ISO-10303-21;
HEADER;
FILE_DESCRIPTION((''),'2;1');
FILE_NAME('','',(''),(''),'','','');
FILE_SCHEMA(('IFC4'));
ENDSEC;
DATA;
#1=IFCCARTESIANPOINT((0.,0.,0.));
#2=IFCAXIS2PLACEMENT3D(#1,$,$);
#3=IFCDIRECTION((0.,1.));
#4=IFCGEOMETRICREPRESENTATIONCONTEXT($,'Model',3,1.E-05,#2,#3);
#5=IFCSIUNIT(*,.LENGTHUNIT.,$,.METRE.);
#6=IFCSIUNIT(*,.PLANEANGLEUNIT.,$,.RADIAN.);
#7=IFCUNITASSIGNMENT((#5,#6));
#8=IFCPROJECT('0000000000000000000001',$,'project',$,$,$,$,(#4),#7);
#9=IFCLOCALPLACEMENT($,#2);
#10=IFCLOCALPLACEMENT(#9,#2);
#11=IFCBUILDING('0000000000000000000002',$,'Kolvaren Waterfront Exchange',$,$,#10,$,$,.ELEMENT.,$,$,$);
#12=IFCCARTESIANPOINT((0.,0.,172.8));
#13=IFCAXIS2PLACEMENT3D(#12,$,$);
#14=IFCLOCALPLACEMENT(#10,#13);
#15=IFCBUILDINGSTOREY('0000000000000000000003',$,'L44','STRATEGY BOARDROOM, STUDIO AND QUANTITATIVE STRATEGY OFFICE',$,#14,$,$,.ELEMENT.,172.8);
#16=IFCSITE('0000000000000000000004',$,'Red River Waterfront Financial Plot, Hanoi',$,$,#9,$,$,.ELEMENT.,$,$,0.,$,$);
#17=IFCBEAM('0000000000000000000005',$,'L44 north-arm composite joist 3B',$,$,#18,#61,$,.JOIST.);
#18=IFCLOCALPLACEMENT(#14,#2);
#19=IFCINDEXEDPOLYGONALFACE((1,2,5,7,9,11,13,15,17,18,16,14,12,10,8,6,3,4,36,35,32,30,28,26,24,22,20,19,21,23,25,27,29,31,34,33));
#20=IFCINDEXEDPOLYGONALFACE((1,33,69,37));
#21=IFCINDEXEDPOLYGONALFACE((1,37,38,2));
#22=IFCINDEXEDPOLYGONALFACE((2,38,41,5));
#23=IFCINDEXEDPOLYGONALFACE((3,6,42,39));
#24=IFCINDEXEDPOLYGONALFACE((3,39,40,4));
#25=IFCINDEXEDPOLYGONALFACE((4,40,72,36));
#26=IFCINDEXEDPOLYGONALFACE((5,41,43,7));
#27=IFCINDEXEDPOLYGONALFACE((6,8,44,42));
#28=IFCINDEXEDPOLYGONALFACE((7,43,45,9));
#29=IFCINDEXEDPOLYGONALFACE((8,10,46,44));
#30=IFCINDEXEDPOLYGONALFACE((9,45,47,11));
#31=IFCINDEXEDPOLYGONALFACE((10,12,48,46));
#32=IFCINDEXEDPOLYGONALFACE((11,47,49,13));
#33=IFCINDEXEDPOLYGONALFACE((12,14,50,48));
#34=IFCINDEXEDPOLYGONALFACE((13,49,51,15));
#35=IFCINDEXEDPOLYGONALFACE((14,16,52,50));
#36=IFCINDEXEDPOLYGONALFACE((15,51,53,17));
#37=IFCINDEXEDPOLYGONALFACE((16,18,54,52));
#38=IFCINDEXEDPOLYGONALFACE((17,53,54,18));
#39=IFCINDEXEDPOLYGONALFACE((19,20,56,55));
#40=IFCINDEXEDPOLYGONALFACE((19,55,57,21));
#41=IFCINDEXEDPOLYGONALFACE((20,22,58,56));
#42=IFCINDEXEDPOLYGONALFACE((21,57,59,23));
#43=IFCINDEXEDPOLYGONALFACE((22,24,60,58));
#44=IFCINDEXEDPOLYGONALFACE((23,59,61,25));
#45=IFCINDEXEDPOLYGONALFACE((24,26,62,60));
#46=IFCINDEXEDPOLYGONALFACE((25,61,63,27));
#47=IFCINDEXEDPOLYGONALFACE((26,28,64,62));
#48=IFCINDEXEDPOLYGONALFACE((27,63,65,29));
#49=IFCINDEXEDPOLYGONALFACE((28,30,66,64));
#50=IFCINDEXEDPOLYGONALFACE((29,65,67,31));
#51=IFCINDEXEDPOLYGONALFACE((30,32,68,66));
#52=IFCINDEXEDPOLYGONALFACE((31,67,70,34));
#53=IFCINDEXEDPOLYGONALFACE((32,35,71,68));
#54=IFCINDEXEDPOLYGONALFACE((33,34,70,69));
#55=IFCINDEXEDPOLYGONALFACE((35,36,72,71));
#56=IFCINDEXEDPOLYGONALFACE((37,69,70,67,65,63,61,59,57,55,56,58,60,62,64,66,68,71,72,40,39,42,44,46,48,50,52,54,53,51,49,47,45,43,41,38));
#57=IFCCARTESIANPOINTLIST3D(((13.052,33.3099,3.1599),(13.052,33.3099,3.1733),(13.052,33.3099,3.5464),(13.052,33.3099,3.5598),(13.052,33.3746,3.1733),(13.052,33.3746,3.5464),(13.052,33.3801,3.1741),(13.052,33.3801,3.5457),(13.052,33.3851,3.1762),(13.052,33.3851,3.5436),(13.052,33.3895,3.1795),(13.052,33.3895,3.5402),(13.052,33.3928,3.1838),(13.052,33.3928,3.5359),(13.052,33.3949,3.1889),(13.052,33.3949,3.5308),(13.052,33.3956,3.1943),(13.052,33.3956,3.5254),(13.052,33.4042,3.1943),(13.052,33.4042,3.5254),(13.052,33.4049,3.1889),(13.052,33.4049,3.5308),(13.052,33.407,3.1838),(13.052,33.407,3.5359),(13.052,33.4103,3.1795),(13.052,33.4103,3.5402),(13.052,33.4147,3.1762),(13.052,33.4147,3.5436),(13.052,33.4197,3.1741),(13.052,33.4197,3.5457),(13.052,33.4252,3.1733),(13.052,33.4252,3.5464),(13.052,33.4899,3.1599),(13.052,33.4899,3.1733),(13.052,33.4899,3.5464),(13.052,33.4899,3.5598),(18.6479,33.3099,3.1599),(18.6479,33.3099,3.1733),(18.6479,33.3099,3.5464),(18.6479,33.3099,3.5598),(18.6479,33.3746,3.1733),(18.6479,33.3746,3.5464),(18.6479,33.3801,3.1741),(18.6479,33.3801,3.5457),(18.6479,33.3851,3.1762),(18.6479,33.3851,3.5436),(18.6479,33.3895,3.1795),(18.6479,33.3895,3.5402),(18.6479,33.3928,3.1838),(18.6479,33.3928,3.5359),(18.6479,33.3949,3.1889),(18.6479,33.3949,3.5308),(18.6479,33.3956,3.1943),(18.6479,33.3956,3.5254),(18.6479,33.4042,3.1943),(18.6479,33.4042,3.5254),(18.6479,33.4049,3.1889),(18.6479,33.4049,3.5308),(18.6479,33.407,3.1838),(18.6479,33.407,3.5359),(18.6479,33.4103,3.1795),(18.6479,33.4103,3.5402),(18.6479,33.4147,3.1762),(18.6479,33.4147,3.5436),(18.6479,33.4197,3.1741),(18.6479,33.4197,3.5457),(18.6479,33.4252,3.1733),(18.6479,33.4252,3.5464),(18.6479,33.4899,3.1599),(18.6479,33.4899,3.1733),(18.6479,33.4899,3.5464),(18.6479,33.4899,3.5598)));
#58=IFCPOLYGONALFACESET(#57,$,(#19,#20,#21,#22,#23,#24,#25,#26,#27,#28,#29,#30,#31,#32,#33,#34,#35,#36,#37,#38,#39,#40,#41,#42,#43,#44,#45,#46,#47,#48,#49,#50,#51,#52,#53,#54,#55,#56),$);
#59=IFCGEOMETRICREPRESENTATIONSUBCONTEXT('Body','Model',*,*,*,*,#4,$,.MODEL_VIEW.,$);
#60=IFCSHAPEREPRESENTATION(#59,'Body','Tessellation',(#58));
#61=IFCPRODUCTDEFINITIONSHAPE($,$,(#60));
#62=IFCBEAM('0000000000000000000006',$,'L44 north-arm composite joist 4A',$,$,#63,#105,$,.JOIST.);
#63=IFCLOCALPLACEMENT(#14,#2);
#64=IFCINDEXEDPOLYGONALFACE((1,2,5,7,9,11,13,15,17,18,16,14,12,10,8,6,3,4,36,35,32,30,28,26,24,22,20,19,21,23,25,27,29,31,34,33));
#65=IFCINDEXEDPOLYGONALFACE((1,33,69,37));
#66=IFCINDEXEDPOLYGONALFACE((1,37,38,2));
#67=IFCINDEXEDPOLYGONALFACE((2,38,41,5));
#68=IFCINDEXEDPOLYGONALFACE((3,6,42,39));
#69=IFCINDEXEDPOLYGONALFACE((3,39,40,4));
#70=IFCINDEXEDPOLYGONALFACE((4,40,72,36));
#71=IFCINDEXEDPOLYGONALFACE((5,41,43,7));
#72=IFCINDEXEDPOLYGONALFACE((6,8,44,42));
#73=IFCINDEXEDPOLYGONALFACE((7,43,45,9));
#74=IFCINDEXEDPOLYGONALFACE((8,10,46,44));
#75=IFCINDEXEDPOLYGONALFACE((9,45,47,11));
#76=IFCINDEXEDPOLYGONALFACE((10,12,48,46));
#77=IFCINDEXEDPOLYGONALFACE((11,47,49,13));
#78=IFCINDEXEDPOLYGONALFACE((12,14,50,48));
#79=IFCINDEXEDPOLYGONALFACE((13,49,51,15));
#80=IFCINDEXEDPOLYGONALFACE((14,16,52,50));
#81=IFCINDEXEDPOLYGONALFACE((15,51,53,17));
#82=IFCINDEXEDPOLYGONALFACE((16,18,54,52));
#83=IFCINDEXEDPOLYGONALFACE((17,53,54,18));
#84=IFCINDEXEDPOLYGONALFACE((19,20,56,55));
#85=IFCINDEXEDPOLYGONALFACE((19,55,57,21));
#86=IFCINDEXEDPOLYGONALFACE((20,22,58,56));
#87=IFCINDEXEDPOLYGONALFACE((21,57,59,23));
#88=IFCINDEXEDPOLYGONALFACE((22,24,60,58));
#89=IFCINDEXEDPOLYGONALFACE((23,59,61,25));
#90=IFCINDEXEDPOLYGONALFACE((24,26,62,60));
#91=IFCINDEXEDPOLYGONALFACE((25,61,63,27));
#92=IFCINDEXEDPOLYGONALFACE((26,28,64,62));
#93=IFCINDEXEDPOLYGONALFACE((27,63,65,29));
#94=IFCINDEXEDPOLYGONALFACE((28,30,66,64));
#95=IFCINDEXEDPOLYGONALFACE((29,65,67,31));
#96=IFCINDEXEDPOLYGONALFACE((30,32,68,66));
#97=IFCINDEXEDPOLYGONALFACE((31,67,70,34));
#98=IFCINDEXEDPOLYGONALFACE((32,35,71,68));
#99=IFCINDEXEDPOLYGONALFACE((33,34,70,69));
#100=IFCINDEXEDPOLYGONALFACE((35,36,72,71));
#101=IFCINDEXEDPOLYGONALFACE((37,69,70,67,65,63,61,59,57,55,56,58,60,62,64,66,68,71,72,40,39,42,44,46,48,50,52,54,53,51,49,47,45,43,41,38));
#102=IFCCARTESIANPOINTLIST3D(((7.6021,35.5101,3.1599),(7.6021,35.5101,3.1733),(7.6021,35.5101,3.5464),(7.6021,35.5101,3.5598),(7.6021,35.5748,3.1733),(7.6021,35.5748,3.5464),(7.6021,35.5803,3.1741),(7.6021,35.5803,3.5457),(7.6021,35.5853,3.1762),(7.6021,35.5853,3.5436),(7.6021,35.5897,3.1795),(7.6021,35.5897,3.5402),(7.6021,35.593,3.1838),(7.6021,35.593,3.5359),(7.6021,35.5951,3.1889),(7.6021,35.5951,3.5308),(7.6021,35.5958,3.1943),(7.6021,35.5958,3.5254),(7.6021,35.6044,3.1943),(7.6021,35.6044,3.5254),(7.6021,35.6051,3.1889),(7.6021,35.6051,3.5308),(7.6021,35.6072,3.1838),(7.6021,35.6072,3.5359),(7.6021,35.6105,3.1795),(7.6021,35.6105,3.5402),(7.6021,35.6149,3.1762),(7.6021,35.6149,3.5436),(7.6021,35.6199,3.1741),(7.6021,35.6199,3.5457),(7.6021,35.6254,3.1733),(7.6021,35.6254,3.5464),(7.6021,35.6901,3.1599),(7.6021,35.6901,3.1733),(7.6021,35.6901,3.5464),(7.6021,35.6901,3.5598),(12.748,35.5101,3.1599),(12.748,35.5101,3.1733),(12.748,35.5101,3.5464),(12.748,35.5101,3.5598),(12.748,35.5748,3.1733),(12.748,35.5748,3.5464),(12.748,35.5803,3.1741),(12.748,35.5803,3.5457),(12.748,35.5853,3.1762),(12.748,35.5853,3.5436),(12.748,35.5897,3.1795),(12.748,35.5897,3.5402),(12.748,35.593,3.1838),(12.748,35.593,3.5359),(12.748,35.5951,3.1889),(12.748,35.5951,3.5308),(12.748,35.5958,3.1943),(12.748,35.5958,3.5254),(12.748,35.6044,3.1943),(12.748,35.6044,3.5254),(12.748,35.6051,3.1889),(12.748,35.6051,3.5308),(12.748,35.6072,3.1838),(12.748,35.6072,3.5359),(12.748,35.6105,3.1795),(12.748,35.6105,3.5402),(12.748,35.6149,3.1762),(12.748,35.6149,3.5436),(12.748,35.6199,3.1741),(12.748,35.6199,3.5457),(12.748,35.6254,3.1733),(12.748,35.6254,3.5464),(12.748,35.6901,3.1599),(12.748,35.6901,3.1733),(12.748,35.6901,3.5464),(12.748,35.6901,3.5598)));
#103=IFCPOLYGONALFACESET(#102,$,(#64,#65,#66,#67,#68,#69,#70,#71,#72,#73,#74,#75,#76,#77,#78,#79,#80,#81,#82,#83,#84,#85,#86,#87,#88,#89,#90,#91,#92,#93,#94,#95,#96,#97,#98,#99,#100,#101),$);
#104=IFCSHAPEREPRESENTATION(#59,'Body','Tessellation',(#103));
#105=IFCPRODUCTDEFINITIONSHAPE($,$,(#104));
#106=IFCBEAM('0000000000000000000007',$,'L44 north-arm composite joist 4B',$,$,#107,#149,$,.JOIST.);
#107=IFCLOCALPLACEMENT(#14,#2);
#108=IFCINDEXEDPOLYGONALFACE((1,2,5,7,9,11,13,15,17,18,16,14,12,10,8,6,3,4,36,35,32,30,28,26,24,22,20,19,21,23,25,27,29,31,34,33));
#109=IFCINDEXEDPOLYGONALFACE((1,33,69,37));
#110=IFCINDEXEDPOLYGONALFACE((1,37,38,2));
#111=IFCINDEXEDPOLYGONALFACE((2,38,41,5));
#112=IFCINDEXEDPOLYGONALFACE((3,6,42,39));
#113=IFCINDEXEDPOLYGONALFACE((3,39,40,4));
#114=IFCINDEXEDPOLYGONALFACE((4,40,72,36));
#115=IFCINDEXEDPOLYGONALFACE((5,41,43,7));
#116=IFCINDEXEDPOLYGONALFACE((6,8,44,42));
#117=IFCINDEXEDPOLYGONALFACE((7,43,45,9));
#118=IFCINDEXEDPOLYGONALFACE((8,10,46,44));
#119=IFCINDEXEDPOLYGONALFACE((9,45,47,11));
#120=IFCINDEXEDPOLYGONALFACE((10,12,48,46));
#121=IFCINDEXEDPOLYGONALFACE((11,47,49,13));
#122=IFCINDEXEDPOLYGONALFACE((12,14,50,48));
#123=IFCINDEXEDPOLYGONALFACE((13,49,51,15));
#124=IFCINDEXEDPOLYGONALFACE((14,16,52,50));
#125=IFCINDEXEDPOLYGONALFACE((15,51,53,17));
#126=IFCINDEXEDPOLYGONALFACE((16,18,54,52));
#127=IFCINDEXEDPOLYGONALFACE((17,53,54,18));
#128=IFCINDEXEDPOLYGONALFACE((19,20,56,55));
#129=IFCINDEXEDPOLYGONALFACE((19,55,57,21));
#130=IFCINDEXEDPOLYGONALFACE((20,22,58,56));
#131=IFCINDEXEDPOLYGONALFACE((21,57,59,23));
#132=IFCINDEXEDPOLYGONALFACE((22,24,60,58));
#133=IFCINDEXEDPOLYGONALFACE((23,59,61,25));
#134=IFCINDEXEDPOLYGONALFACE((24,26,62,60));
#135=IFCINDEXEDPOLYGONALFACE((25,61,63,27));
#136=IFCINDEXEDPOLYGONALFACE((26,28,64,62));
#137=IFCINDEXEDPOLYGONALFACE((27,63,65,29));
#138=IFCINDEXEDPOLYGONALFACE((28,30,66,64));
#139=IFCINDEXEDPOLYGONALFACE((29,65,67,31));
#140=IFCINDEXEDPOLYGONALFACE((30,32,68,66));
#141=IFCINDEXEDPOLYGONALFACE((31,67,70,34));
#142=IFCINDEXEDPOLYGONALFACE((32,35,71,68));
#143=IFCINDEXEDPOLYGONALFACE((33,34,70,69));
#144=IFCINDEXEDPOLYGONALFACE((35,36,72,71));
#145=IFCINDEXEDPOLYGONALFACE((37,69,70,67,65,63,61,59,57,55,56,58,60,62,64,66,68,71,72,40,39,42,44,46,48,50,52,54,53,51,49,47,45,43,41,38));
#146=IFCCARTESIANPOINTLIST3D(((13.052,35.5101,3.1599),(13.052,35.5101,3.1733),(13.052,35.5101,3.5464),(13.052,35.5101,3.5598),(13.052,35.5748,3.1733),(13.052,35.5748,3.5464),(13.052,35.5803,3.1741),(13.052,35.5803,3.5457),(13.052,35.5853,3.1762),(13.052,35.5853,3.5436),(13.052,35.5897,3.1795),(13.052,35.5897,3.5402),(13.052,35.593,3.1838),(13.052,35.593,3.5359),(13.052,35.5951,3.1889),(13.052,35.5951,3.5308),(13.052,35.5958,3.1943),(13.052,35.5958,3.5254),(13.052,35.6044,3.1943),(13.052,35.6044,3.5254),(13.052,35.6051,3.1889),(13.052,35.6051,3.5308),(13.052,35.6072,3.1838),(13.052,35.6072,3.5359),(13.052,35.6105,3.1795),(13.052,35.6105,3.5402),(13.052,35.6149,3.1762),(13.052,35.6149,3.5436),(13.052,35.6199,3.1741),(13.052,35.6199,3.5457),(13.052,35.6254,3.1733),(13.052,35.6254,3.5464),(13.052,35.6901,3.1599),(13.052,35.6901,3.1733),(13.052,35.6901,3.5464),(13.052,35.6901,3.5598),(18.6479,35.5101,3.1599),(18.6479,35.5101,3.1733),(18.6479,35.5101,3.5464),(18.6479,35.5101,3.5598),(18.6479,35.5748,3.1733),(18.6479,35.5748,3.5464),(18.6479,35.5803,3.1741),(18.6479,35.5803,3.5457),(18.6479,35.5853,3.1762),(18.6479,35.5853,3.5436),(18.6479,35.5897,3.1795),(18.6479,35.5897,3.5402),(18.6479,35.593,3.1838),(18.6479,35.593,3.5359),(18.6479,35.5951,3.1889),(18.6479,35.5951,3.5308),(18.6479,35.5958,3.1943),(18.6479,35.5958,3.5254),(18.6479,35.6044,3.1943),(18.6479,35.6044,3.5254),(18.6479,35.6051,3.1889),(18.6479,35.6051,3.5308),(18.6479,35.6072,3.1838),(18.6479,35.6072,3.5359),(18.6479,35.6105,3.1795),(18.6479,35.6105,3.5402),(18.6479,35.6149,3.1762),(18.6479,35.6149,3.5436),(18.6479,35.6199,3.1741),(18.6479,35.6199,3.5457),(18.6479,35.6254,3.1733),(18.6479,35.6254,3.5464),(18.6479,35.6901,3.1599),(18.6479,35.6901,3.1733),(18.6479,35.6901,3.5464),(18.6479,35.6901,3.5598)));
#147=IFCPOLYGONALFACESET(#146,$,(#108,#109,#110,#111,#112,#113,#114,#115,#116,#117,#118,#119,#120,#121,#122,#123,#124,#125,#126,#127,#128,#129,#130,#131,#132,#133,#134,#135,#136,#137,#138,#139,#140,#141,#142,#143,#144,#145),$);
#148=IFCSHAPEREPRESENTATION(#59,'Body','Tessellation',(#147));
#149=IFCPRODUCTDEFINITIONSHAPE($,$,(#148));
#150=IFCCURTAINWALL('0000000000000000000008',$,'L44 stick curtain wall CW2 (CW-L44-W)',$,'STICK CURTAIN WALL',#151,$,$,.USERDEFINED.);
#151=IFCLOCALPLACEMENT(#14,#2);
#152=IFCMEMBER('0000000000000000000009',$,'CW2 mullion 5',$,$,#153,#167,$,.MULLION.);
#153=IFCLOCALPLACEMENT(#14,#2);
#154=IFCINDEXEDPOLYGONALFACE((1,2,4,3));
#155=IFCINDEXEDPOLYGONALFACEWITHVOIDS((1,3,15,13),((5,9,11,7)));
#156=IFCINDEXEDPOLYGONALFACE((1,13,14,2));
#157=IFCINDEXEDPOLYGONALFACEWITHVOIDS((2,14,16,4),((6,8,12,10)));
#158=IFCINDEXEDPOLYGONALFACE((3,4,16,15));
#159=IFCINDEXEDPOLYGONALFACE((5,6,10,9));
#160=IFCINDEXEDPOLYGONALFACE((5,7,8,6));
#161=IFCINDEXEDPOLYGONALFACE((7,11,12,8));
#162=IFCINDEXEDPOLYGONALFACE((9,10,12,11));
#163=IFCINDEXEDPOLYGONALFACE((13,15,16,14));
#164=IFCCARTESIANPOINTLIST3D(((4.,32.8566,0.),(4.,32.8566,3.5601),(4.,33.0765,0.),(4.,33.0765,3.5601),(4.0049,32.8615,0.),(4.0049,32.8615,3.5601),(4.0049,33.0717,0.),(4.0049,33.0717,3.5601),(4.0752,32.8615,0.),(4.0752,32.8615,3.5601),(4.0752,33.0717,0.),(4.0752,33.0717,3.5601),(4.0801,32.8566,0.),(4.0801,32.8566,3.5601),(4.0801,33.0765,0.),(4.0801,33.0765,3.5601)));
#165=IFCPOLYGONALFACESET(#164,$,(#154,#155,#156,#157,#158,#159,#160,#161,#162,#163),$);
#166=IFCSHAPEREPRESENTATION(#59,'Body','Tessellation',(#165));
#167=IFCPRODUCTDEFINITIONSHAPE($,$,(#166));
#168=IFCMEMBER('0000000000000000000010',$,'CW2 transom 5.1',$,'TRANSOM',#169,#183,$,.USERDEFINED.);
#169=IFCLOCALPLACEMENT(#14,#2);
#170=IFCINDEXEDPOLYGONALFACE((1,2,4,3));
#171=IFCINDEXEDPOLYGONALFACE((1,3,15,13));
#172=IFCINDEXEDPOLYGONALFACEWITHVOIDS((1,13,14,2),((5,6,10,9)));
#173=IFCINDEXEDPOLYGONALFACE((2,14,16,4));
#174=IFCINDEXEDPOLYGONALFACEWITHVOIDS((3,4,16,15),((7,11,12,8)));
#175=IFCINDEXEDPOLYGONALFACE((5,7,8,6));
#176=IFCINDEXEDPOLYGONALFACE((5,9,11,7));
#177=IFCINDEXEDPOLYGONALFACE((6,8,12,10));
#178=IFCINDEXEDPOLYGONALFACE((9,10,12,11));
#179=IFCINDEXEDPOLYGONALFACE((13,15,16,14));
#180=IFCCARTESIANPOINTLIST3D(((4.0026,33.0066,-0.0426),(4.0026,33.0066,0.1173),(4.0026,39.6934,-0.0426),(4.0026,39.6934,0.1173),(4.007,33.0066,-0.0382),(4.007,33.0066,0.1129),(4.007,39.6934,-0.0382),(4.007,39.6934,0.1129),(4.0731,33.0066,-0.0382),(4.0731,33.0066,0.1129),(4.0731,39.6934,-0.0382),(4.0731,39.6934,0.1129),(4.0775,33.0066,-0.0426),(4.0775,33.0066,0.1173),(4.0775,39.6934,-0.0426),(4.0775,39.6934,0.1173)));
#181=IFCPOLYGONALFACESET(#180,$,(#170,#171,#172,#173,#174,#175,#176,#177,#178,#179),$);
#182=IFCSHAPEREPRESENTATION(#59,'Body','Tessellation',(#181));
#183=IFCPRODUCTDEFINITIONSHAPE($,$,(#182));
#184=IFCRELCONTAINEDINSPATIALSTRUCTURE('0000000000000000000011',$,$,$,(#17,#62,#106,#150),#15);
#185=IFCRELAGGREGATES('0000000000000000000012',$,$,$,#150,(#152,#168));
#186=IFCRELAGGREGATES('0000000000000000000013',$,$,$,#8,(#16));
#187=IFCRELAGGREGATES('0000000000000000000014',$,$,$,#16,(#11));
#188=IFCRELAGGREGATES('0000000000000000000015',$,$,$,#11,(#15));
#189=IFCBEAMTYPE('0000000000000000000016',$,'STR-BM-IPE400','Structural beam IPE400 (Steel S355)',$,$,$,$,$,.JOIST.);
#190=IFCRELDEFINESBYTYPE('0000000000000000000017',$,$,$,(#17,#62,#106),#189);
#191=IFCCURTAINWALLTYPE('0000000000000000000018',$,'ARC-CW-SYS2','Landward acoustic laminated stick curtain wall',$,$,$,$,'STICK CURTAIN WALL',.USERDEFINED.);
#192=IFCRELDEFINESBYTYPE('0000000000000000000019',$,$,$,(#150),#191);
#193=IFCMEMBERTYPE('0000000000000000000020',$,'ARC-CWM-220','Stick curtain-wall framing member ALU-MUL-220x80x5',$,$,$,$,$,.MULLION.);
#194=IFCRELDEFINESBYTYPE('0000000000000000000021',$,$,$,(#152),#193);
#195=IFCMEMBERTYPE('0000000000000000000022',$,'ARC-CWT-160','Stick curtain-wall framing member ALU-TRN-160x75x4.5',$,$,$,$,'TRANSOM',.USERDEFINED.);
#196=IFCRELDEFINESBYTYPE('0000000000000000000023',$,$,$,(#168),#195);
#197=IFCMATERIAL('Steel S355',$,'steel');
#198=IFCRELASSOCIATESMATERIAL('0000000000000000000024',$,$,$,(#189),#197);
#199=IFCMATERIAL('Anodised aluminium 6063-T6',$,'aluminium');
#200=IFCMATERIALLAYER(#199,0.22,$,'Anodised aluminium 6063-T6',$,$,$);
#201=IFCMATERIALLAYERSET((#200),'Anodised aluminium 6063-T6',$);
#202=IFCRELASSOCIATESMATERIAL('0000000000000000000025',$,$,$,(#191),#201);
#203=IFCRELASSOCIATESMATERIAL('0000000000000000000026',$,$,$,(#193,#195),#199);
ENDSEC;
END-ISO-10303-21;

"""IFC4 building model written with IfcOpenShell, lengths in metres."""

from ifc_helpers import new_model, si_unit, direction, frame, origin, origin_with_axes, origin_2d, place, context, subcontext, project, spatial, hollow_rectangle, i_section, extrude, source, transform, mapped, material, layer, layer_set, material_profile, profile_set, type_object, element, aggregate, save


model = new_model("IFC4")

# Units and contexts
model_context = context("Model", 3, precision=1e-05, world=origin(), true_north=direction((0.0, 1.0)))
body_context = subcontext(model_context, "Body", "Model", "MODEL_VIEW")
ifc_project = project(units=[si_unit("LENGTHUNIT", "METRE"), si_unit("PLANEANGLEUNIT", "RADIAN")], contexts=[model_context])

# Site, building, storey
site_placement = place(None, origin())
site = spatial("IfcSite", under=ifc_project, at=site_placement, Name="Red River Waterfront Financial Plot, Hanoi", CompositionType="ELEMENT", RefElevation=0.0)
building_placement = place(site_placement, origin())
building = spatial("IfcBuilding", under=site, at=building_placement, Name="Kolvaren Waterfront Exchange", CompositionType="ELEMENT")
storey_placement = place(building_placement, frame((0.0, 0.0, 172.8)))
storey = spatial("IfcBuildingStorey", under=building, at=storey_placement, Name="L44", Description="STRATEGY BOARDROOM, STUDIO AND QUANTITATIVE STRATEGY OFFICE", CompositionType="ELEMENT", Elevation=172.8)

# Beams
ifc_material_1 = material(Name="Steel S355", Category="steel")
ifc_material_profile_1 = material_profile(ifc_material_1, i_section(OverallWidth=0.1799, OverallDepth=0.3999, WebThickness=0.0085, FlangeThickness=0.0134, FilletRadius=0.021, at=origin_2d()), Name="IPE400")
ifc_profile_set_1 = profile_set([ifc_material_profile_1], Name="Steel S355")
beam_type_1 = type_object("IfcBeamType", Name="STR-BM-IPE400", Description="Structural beam IPE400 (Steel S355)", PredefinedType="JOIST", material=ifc_profile_set_1)
beam_1_placement = place(storey_placement, frame((13.052, 33.3999, 3.3599), z_axis=(1.0, 0.0, 0.0), x_axis=(0.0, 1.0, 0.0)))
element("IfcBeam", 1, at=beam_1_placement, inside=storey, type_object=beam_type_1, Name="L44 north-arm composite joist 3B", PredefinedType="JOIST", context=body_context, shape_type="SweptSolid", body=[
    extrude(i_section(OverallWidth=0.1799, OverallDepth=0.3999, WebThickness=0.0085, FlangeThickness=0.0134, FilletRadius=0.021, at=origin_2d()), origin(), (0.0, 0.0, 1.0), 5.5959),
])
beam_2_placement = place(storey_placement, frame((7.6021, 35.6001, 3.3599), z_axis=(1.0, 0.0, 0.0), x_axis=(0.0, 1.0, 0.0)))
element("IfcBeam", 2, at=beam_2_placement, inside=storey, type_object=beam_type_1, Name="L44 north-arm composite joist 4A", PredefinedType="JOIST", context=body_context, shape_type="SweptSolid", body=[
    extrude(i_section(OverallWidth=0.1799, OverallDepth=0.3999, WebThickness=0.0085, FlangeThickness=0.0134, FilletRadius=0.021, at=origin_2d()), origin(), (0.0, 0.0, 1.0), 5.146),
])
beam_3_placement = place(storey_placement, frame((13.052, 35.6001, 3.3599), z_axis=(1.0, 0.0, 0.0), x_axis=(0.0, 1.0, 0.0)))
element("IfcBeam", 3, at=beam_3_placement, inside=storey, type_object=beam_type_1, Name="L44 north-arm composite joist 4B", PredefinedType="JOIST", context=body_context, shape_type="SweptSolid", body=[
    extrude(i_section(OverallWidth=0.1799, OverallDepth=0.3999, WebThickness=0.0085, FlangeThickness=0.0134, FilletRadius=0.021, at=origin_2d()), origin(), (0.0, 0.0, 1.0), 5.5959),
])

# Curtain wall, members
ifc_material_2 = material(Name="Anodised aluminium 6063-T6", Category="aluminium")
ifc_layer_1 = layer(ifc_material_2, 0.22, Name="Anodised aluminium 6063-T6")
ifc_layer_set_1 = layer_set([ifc_layer_1], Name="Anodised aluminium 6063-T6")
curtain_wall_type = type_object("IfcCurtainWallType", Name="ARC-CW-SYS2", Description="Landward acoustic laminated stick curtain wall", ElementType="STICK CURTAIN WALL", PredefinedType="USERDEFINED", material=ifc_layer_set_1)
curtain_wall_placement = place(storey_placement, origin())
curtain_wall = element("IfcCurtainWall", 4, at=curtain_wall_placement, inside=storey, type_object=curtain_wall_type, Name="L44 stick curtain wall CW2 (CW-L44-W)", ObjectType="STICK CURTAIN WALL", PredefinedType="USERDEFINED")
ifc_material_profile_2 = material_profile(ifc_material_2, hollow_rectangle(XDim=0.0801, YDim=0.22, WallThickness=0.0049, at=origin_2d()), Name="ALU-MUL-220x80x5")
ifc_profile_set_2 = profile_set([ifc_material_profile_2], Name="Anodised aluminium 6063-T6")
member_type_1 = type_object("IfcMemberType", Name="ARC-CWM-220", Description="Stick curtain-wall framing member ALU-MUL-220x80x5", PredefinedType="MULLION", material=ifc_profile_set_2)
shared_shape_1 = source(origin_with_axes(), body_context, "Body", "SweptSolid", [
    extrude(hollow_rectangle(XDim=0.0801, YDim=0.22, WallThickness=0.0049, at=origin_2d()), origin(), (0.0, 0.0, 1.0), 3.5601),
])
member_1_placement = place(storey_placement, frame((4.04, 32.9666, 0.0), z_axis=(0.0, 0.0, 1.0), x_axis=(-1.0, 0.0, 0.0)))
member_1 = element("IfcMember", 5, at=member_1_placement, type_object=member_type_1, Name="CW2 mullion 5", PredefinedType="MULLION", context=body_context, shape_type="MappedRepresentation", body=[
    mapped(shared_shape_1, transform((0.0, 0.0, 0.0), x_axis=(1.0, 0.0, 0.0), y_axis=(0.0, 1.0, 0.0), z_axis=(0.0, 0.0, 1.0), scale=1.0)),
])
ifc_material_profile_3 = material_profile(ifc_material_2, hollow_rectangle(XDim=0.075, YDim=0.1599, WallThickness=0.0044, at=origin_2d()), Name="ALU-TRN-160x75x4.5")
ifc_profile_set_3 = profile_set([ifc_material_profile_3], Name="Anodised aluminium 6063-T6")
member_type_2 = type_object("IfcMemberType", Name="ARC-CWT-160", Description="Stick curtain-wall framing member ALU-TRN-160x75x4.5", ElementType="TRANSOM", PredefinedType="USERDEFINED", material=ifc_profile_set_3)
shared_shape_2 = source(origin_with_axes(), body_context, "Body", "SweptSolid", [
    extrude(hollow_rectangle(XDim=0.075, YDim=0.1599, WallThickness=0.0044, at=origin_2d()), origin(), (0.0, 0.0, 1.0), 6.6868),
])
member_2_placement = place(storey_placement, frame((4.04, 33.0066, 0.0374), z_axis=(0.0, 1.0, 0.0), x_axis=(-1.0, 0.0, 0.0)))
member_2 = element("IfcMember", 6, at=member_2_placement, type_object=member_type_2, Name="CW2 transom 5.1", ObjectType="TRANSOM", PredefinedType="USERDEFINED", context=body_context, shape_type="MappedRepresentation", body=[
    mapped(shared_shape_2, transform((0.0, 0.0, 0.0), x_axis=(1.0, 0.0, 0.0), y_axis=(0.0, 1.0, 0.0), z_axis=(0.0, 0.0, 1.0), scale=1.0)),
])
aggregate(curtain_wall, [member_1, member_2])

save(model, "model.ifc")
